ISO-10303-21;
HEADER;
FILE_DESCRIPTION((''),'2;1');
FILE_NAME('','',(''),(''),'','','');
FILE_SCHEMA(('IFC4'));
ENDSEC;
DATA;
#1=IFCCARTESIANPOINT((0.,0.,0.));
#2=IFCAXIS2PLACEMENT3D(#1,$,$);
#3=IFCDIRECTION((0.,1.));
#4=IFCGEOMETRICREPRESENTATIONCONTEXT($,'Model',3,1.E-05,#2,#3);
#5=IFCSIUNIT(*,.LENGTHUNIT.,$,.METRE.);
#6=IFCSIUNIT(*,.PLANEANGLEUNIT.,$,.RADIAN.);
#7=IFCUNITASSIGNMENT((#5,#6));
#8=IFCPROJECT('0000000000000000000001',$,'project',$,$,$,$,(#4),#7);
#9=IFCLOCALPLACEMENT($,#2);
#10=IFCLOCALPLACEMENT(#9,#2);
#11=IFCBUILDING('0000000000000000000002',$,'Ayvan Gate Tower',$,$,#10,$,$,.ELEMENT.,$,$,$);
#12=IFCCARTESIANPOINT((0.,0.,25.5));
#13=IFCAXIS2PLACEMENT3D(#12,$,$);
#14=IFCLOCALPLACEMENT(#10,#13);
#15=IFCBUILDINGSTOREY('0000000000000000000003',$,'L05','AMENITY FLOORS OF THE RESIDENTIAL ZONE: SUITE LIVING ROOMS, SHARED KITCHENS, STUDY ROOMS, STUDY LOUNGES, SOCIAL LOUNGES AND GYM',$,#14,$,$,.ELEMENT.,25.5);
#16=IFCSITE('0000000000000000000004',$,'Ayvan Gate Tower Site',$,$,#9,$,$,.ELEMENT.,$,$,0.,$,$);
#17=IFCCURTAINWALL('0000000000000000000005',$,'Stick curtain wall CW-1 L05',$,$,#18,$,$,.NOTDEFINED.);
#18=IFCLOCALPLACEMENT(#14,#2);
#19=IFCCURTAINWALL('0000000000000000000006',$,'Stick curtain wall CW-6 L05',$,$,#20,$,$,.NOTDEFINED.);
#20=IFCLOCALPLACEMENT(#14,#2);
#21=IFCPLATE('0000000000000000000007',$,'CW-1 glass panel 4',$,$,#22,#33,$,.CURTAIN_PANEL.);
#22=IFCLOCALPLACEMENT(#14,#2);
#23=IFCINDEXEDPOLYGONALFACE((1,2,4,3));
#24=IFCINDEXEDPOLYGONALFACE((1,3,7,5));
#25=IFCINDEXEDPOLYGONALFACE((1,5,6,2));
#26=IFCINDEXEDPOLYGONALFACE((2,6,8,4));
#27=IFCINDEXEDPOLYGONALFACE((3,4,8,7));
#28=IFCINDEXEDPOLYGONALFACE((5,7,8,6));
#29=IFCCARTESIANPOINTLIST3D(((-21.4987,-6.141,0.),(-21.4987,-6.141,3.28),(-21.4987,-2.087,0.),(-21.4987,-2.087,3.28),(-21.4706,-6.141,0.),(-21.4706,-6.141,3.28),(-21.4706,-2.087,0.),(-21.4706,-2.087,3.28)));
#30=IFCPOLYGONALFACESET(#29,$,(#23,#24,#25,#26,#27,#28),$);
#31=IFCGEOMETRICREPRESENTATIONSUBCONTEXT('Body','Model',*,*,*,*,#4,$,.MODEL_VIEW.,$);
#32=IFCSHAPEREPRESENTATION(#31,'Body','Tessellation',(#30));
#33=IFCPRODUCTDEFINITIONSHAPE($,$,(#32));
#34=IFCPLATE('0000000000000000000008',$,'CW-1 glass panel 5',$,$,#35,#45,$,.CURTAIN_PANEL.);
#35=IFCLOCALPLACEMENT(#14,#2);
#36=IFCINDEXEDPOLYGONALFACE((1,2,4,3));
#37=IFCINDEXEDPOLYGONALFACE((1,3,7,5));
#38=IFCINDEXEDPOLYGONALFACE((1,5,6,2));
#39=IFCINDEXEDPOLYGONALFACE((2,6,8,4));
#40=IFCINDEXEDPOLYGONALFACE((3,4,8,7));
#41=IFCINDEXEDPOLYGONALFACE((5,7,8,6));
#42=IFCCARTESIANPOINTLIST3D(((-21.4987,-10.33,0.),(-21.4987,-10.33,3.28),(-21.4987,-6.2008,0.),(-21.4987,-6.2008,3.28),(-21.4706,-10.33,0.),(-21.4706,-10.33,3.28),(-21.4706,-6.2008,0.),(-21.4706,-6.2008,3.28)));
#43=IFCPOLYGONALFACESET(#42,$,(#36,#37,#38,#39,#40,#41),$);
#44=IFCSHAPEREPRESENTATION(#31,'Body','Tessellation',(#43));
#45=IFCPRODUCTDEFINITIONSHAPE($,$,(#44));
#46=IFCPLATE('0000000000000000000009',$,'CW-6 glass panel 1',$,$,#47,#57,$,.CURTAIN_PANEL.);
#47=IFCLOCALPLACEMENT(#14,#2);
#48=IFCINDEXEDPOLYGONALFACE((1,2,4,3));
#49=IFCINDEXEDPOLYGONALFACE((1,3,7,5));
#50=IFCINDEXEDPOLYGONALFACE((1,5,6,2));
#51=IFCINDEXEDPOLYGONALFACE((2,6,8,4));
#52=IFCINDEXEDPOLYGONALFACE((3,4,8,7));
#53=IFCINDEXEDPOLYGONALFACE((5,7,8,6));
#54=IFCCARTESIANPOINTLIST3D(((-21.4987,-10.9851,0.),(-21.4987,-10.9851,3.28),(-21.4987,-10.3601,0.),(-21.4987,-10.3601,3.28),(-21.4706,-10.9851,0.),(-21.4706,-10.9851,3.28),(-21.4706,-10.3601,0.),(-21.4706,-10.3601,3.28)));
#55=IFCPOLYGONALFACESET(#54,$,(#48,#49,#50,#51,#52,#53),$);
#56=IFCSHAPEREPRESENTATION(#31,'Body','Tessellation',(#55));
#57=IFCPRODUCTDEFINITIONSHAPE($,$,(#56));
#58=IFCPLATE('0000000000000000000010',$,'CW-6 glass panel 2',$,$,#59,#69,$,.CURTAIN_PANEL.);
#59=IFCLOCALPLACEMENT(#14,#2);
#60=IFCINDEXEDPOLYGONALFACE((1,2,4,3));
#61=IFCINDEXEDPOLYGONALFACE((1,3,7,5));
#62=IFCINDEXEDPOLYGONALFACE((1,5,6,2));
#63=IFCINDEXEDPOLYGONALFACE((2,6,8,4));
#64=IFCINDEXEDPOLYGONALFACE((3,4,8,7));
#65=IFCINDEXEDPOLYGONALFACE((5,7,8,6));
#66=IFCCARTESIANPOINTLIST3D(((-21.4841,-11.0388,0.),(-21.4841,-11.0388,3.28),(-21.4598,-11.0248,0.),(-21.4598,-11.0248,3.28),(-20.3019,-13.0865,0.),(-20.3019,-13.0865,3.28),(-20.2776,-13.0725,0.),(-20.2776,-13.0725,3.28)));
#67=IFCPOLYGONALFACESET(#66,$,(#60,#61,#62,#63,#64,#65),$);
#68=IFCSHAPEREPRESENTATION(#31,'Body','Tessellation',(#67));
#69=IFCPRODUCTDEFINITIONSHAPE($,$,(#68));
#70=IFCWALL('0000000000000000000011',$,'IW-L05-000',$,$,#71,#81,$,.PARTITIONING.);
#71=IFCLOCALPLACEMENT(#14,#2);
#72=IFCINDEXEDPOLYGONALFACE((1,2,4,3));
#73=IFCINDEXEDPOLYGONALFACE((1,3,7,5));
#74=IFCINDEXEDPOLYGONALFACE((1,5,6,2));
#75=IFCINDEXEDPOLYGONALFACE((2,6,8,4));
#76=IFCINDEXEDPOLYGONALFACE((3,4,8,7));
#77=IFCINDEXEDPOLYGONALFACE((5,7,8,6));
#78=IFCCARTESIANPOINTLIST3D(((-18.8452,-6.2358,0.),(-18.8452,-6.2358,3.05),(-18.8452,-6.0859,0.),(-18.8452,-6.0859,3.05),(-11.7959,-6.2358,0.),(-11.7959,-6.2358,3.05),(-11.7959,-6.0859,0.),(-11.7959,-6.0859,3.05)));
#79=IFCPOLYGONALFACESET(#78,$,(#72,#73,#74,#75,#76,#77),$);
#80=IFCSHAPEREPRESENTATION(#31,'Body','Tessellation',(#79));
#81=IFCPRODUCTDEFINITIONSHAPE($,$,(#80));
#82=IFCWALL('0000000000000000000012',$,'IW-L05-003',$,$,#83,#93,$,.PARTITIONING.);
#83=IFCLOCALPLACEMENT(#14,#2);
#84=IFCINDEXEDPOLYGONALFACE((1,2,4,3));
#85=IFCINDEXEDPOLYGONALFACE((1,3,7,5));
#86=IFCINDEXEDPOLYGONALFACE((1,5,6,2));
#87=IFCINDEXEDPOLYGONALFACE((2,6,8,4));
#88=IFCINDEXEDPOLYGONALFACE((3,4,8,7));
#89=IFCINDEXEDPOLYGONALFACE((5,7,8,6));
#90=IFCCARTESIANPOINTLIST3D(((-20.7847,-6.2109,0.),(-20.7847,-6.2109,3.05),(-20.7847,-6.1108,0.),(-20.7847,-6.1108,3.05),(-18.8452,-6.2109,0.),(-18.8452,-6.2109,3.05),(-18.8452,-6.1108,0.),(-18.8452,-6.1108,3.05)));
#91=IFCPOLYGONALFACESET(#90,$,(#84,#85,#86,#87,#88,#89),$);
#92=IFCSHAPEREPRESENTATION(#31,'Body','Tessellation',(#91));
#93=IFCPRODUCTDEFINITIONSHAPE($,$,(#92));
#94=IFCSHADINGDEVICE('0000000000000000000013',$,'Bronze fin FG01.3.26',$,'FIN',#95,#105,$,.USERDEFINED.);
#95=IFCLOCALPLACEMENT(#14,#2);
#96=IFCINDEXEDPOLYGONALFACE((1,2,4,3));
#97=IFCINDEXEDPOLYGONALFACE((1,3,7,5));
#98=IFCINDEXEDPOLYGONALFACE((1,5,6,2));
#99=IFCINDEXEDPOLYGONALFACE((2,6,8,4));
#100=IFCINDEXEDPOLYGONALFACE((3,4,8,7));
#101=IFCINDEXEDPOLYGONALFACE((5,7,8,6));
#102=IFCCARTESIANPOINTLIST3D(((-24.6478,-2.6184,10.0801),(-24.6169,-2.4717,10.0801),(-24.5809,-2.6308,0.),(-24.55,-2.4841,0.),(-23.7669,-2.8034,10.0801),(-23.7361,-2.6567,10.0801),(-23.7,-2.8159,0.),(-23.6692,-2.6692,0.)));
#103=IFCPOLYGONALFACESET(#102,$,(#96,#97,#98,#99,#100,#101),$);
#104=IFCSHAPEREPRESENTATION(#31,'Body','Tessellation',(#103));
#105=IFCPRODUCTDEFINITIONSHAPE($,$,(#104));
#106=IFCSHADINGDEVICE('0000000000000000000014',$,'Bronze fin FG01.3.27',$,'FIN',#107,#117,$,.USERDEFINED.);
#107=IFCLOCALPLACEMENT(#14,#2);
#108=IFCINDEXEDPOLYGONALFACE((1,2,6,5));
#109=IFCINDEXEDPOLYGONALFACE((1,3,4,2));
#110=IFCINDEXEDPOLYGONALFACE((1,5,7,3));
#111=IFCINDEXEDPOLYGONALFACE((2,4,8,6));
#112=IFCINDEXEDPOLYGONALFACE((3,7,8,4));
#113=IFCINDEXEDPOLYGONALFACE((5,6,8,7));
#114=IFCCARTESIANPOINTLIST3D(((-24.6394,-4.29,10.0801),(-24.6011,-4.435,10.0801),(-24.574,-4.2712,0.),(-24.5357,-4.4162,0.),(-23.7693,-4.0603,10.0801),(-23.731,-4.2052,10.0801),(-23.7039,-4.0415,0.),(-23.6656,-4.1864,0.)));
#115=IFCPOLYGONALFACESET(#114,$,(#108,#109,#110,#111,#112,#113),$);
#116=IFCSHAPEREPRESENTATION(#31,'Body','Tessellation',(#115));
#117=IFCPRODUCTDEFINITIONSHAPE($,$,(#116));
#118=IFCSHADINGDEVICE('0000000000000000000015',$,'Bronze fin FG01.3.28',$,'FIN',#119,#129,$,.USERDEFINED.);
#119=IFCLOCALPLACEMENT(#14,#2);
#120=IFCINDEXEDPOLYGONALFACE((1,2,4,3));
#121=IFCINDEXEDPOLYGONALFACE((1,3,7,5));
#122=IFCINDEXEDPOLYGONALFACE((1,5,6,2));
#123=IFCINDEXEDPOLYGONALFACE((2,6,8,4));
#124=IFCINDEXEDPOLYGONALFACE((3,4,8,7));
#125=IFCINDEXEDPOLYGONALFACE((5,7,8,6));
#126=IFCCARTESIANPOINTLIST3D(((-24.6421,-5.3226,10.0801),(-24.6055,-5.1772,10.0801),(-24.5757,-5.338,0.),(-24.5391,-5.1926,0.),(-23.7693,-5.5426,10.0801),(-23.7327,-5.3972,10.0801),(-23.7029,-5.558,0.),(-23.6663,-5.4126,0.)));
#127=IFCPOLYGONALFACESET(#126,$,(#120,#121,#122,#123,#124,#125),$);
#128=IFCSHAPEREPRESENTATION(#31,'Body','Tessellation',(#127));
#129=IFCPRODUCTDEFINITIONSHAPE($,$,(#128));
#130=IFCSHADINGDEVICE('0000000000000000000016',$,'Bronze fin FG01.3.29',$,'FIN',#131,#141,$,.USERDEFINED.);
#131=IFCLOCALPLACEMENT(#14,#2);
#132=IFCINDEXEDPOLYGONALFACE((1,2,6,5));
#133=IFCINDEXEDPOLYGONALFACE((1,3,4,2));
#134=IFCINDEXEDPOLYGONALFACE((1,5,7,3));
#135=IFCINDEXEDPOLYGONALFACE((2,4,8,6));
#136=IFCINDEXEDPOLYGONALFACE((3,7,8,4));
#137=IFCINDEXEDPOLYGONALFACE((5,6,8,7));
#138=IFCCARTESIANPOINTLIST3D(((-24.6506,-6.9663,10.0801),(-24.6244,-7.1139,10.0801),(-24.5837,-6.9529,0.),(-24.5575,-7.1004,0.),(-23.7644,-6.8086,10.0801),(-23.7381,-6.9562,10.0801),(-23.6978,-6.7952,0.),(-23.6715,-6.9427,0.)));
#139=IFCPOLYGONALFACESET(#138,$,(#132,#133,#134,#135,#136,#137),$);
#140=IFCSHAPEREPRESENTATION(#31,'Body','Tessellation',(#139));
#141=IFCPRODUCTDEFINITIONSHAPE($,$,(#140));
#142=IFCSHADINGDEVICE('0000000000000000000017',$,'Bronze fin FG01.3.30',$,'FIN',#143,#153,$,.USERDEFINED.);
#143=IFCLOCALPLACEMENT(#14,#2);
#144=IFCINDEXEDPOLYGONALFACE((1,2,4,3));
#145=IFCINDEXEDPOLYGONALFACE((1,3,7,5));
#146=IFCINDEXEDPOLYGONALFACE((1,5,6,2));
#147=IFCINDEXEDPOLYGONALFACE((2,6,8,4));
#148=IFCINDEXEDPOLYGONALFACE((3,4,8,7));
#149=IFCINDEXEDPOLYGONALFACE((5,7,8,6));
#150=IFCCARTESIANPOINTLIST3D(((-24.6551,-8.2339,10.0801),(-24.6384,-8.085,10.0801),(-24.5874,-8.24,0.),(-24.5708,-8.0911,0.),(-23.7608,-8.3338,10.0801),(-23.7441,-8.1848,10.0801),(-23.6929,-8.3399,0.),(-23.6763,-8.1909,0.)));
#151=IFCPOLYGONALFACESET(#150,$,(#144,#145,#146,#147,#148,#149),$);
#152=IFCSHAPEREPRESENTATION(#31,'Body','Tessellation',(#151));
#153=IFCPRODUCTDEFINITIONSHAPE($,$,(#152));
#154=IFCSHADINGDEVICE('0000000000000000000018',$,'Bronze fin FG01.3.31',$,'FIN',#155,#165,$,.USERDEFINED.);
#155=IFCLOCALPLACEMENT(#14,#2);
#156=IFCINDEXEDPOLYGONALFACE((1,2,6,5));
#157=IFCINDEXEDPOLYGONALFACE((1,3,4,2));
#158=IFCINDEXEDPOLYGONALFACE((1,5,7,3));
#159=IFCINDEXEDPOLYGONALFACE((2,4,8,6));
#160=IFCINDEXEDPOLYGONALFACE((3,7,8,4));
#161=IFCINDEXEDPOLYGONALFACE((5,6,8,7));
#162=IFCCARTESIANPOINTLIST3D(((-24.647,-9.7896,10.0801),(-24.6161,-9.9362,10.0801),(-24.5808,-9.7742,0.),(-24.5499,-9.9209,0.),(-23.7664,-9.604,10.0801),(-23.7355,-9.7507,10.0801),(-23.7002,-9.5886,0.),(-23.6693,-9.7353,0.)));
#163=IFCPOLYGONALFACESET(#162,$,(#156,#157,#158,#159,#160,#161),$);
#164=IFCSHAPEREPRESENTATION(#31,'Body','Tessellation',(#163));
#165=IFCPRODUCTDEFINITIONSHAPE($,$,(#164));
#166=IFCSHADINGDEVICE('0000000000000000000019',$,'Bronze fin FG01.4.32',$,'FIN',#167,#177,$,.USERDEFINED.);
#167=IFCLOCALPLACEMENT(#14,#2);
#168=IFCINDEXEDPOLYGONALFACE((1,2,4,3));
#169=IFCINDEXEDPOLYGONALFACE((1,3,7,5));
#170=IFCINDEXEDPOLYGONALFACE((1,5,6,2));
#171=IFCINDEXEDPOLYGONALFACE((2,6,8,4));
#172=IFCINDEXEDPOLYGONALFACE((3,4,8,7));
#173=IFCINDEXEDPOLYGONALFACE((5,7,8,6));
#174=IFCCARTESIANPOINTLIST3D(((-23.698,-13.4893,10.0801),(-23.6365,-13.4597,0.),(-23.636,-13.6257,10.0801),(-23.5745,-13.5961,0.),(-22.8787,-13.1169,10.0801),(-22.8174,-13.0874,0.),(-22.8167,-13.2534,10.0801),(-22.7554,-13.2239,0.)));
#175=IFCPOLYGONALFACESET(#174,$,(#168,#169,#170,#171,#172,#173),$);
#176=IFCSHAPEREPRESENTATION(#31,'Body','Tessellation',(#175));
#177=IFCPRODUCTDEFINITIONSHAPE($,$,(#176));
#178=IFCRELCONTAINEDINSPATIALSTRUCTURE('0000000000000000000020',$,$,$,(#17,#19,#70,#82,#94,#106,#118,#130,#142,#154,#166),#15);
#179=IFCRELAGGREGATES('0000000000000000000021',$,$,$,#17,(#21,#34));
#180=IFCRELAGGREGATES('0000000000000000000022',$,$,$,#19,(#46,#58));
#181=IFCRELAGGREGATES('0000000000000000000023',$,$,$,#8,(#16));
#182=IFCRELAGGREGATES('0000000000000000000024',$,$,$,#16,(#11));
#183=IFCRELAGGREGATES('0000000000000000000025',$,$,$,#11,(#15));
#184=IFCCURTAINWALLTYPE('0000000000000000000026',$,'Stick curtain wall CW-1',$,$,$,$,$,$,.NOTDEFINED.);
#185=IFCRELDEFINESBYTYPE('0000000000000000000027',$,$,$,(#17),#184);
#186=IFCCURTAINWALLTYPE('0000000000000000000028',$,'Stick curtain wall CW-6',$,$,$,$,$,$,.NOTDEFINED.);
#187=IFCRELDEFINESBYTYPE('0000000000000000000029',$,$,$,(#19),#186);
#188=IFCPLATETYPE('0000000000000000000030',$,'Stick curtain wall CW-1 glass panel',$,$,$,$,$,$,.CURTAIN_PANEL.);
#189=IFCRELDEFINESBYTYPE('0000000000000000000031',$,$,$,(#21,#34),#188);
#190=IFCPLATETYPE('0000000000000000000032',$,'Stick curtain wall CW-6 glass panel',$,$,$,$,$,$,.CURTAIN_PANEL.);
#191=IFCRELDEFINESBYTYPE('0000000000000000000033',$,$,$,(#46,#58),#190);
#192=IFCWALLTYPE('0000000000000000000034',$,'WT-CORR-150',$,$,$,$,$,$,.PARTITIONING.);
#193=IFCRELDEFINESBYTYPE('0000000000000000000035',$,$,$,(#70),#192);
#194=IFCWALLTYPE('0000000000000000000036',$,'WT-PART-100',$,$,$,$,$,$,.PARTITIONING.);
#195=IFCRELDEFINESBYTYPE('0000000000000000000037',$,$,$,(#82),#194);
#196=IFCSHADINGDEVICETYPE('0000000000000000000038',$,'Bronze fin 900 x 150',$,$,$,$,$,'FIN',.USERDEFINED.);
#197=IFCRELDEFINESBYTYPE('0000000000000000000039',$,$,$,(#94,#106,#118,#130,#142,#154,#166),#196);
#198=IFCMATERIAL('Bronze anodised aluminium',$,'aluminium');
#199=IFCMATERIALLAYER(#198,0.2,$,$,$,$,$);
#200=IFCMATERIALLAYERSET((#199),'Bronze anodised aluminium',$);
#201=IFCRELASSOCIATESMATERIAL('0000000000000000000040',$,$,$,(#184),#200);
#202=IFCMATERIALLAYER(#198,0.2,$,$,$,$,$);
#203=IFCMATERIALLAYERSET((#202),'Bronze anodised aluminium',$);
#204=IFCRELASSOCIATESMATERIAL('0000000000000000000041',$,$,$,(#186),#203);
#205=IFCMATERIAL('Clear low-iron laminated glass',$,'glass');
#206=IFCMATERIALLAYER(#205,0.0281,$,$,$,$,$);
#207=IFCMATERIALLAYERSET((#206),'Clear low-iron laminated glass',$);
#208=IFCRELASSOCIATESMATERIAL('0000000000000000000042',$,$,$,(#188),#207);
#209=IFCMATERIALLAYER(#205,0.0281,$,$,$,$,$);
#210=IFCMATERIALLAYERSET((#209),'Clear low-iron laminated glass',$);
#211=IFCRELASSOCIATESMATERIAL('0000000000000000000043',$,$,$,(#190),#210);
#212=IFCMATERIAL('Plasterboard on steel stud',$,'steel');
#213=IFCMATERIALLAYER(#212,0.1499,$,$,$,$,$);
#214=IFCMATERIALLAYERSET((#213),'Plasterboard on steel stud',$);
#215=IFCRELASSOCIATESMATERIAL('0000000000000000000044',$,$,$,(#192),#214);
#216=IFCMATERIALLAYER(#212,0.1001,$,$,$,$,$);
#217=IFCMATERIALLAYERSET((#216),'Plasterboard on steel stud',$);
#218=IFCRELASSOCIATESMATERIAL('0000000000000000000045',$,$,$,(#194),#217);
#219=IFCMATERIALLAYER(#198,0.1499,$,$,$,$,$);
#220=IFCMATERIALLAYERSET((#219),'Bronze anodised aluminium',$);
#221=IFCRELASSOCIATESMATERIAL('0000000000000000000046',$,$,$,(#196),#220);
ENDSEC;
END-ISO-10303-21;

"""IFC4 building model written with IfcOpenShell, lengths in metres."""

from ifc_helpers import new_model, si_unit, direction, frame, frame_2d, origin, origin_2d, place, context, subcontext, project, spatial, polyline, rectangle, outline, extrude, material, layer, layer_set, type_object, element, aggregate, save


model = new_model("IFC4")

# Units and contexts
model_context = context("Model", 3, precision=1e-05, world=origin(), true_north=direction((0.0, 1.0)))
body_context = subcontext(model_context, "Body", "Model", "MODEL_VIEW")
ifc_project = project(units=[si_unit("LENGTHUNIT", "METRE"), si_unit("PLANEANGLEUNIT", "RADIAN")], contexts=[model_context])

# Site, building, storey
site_placement = place(None, origin())
site = spatial("IfcSite", under=ifc_project, at=site_placement, Name="Ayvan Gate Tower Site", CompositionType="ELEMENT", RefElevation=0.0)
building_placement = place(site_placement, origin())
building = spatial("IfcBuilding", under=site, at=building_placement, Name="Ayvan Gate Tower", CompositionType="ELEMENT")
storey_placement = place(building_placement, frame((0.0, 0.0, 25.5)))
storey = spatial("IfcBuildingStorey", under=building, at=storey_placement, Name="L05", Description="AMENITY FLOORS OF THE RESIDENTIAL ZONE: SUITE LIVING ROOMS, SHARED KITCHENS, STUDY ROOMS, STUDY LOUNGES, SOCIAL LOUNGES AND GYM", CompositionType="ELEMENT", Elevation=25.5)

# Curtain walls
ifc_material_1 = material(Name="Bronze anodised aluminium", Category="aluminium")
ifc_layer_1 = layer(ifc_material_1, 0.2)
ifc_layer_set_1 = layer_set([ifc_layer_1], Name="Bronze anodised aluminium")
curtain_wall_type_1 = type_object("IfcCurtainWallType", Name="Stick curtain wall CW-1", PredefinedType="NOTDEFINED", material=ifc_layer_set_1)
curtain_wall_1_placement = place(storey_placement, origin())
curtain_wall_1 = element("IfcCurtainWall", 1, at=curtain_wall_1_placement, inside=storey, type_object=curtain_wall_type_1, Name="Stick curtain wall CW-1 L05", PredefinedType="NOTDEFINED")
ifc_layer_2 = layer(ifc_material_1, 0.2)
ifc_layer_set_2 = layer_set([ifc_layer_2], Name="Bronze anodised aluminium")
curtain_wall_type_2 = type_object("IfcCurtainWallType", Name="Stick curtain wall CW-6", PredefinedType="NOTDEFINED", material=ifc_layer_set_2)
curtain_wall_2_placement = place(storey_placement, origin())
curtain_wall_2 = element("IfcCurtainWall", 2, at=curtain_wall_2_placement, inside=storey, type_object=curtain_wall_type_2, Name="Stick curtain wall CW-6 L05", PredefinedType="NOTDEFINED")

# Plates
ifc_material_2 = material(Name="Clear low-iron laminated glass", Category="glass")
ifc_layer_3 = layer(ifc_material_2, 0.0281)
ifc_layer_set_3 = layer_set([ifc_layer_3], Name="Clear low-iron laminated glass")
plate_type_1 = type_object("IfcPlateType", Name="Stick curtain wall CW-1 glass panel", PredefinedType="CURTAIN_PANEL", material=ifc_layer_set_3)
plate_1_placement = place(storey_placement, frame((-21.4846, -4.114, 0.0), z_axis=(0.0, 0.0, 1.0), x_axis=(0.0, -1.0, 0.0)))
plate_1 = element("IfcPlate", 3, at=plate_1_placement, type_object=plate_type_1, Name="CW-1 glass panel 4", PredefinedType="CURTAIN_PANEL", context=body_context, shape_type="SweptSolid", body=[
    extrude(rectangle(XDim=4.054, YDim=0.0281, at=origin_2d()), origin(), (0.0, 0.0, 1.0), 3.28),
])
plate_2_placement = place(storey_placement, frame((-21.4846, -8.2654, 0.0), z_axis=(0.0, 0.0, 1.0), x_axis=(0.0, -1.0, 0.0)))
plate_2 = element("IfcPlate", 4, at=plate_2_placement, type_object=plate_type_1, Name="CW-1 glass panel 5", PredefinedType="CURTAIN_PANEL", context=body_context, shape_type="SweptSolid", body=[
    extrude(rectangle(XDim=4.1292, YDim=0.0281, at=origin_2d()), origin(), (0.0, 0.0, 1.0), 3.28),
])
aggregate(curtain_wall_1, [plate_1, plate_2])
ifc_layer_4 = layer(ifc_material_2, 0.0281)
ifc_layer_set_4 = layer_set([ifc_layer_4], Name="Clear low-iron laminated glass")
plate_type_2 = type_object("IfcPlateType", Name="Stick curtain wall CW-6 glass panel", PredefinedType="CURTAIN_PANEL", material=ifc_layer_set_4)
plate_3_placement = place(storey_placement, frame((-21.4846, -10.6726, 0.0), z_axis=(0.0, 0.0, 1.0), x_axis=(0.0, -1.0, 0.0)))
plate_3 = element("IfcPlate", 5, at=plate_3_placement, type_object=plate_type_2, Name="CW-6 glass panel 1", PredefinedType="CURTAIN_PANEL", context=body_context, shape_type="SweptSolid", body=[
    extrude(rectangle(XDim=0.625, YDim=0.0281, at=origin_2d()), origin(), (0.0, 0.0, 1.0), 3.28),
])
plate_4_placement = place(storey_placement, frame((-20.8809, -12.0557, 0.0), z_axis=(0.0, 0.0, 1.0), x_axis=(0.5, -0.866025, 0.0)))
plate_4 = element("IfcPlate", 6, at=plate_4_placement, type_object=plate_type_2, Name="CW-6 glass panel 2", PredefinedType="CURTAIN_PANEL", context=body_context, shape_type="SweptSolid", body=[
    extrude(rectangle(XDim=2.3645, YDim=0.0281, at=origin_2d()), origin(), (0.0, 0.0, 1.0), 3.28),
])
aggregate(curtain_wall_2, [plate_3, plate_4])

# Walls
ifc_material_3 = material(Name="Plasterboard on steel stud", Category="steel")
ifc_layer_5 = layer(ifc_material_3, 0.1499)
ifc_layer_set_5 = layer_set([ifc_layer_5], Name="Plasterboard on steel stud")
wall_type_1 = type_object("IfcWallType", Name="WT-CORR-150", PredefinedType="PARTITIONING", material=ifc_layer_set_5)
wall_1_placement = place(storey_placement, frame((-18.8452, -6.1609, 0.0), z_axis=(0.0, 0.0, 1.0), x_axis=(1.0, 0.0, 0.0)))
element("IfcWall", 7, at=wall_1_placement, inside=storey, type_object=wall_type_1, Name="IW-L05-000", PredefinedType="PARTITIONING", context=body_context, shape_type="SweptSolid", body=[
    extrude(rectangle(XDim=7.0493, YDim=0.1499, at=frame_2d((3.5247, 0.0))), origin(), (0.0, 0.0, 1.0), 3.05),
])
ifc_layer_6 = layer(ifc_material_3, 0.1001)
ifc_layer_set_6 = layer_set([ifc_layer_6], Name="Plasterboard on steel stud")
wall_type_2 = type_object("IfcWallType", Name="WT-PART-100", PredefinedType="PARTITIONING", material=ifc_layer_set_6)
wall_2_placement = place(storey_placement, frame((-18.8452, -6.1609, 0.0), z_axis=(0.0, 0.0, 1.0), x_axis=(-1.0, 0.0, 0.0)))
element("IfcWall", 8, at=wall_2_placement, inside=storey, type_object=wall_type_2, Name="IW-L05-003", PredefinedType="PARTITIONING", context=body_context, shape_type="SweptSolid", body=[
    extrude(rectangle(XDim=1.9395, YDim=0.1001, at=frame_2d((0.9697, 0.0))), origin(), (0.0, 0.0, 1.0), 3.05),
])

# Shading devices
ifc_layer_7 = layer(ifc_material_1, 0.1499)
ifc_layer_set_7 = layer_set([ifc_layer_7], Name="Bronze anodised aluminium")
shading_device_type = type_object("IfcShadingDeviceType", Name="Bronze fin 900 x 150", ElementType="FIN", PredefinedType="USERDEFINED", material=ifc_layer_set_7)
shading_device_1_placement = place(storey_placement, frame((-23.6692, -2.6692, 0.0), z_axis=(0.2056, 0.978636, 0.000156), x_axis=(-0.978636, 0.2056, 0.0)))
element("IfcShadingDevice", 9, at=shading_device_1_placement, inside=storey, type_object=shading_device_type, Name="Bronze fin FG01.3.26", ObjectType="FIN", PredefinedType="USERDEFINED", context=body_context, shape_type="SweptSolid", body=[
    extrude(outline(polyline([(0.0, 0.0), (0.9001, 0.0), (0.9681, 10.0801), (0.068, 10.0801), (0.0, 0.0)])), origin(), (0.0, 0.0, -1.0), 0.1499),
])
shading_device_2_placement = place(storey_placement, frame((-23.7039, -4.0415, 0.0), z_axis=(-0.255281, 0.966867, 0.000146), x_axis=(-0.966867, -0.255281, 0.0)))
element("IfcShadingDevice", 10, at=shading_device_2_placement, inside=storey, type_object=shading_device_type, Name="Bronze fin FG01.3.27", ObjectType="FIN", PredefinedType="USERDEFINED", context=body_context, shape_type="SweptSolid", body=[
    extrude(outline(polyline([(0.0, 0.0), (0.8999, 0.0), (0.968, 10.0801), (0.0681, 10.0801), (0.0, 0.0)])), origin(), (0.0, 0.0, -1.0), 0.1499),
])
shading_device_3_placement = place(storey_placement, frame((-23.6663, -5.4126, 0.0), z_axis=(0.244386, 0.969678, 0.00013), x_axis=(-0.969678, 0.244386, 0.0)))
element("IfcShadingDevice", 11, at=shading_device_3_placement, inside=storey, type_object=shading_device_type, Name="Bronze fin FG01.3.28", ObjectType="FIN", PredefinedType="USERDEFINED", context=body_context, shape_type="SweptSolid", body=[
    extrude(outline(polyline([(0.0, 0.0), (0.9001, 0.0), (0.9682, 10.0801), (0.0682, 10.0801), (0.0, 0.0)])), origin(), (0.0, 0.0, -1.0), 0.1499),
])
shading_device_4_placement = place(storey_placement, frame((-23.6978, -6.7952, 0.0), z_axis=(-0.175232, 0.984527, 0.000151), x_axis=(-0.984527, -0.175232, 0.0)))
element("IfcShadingDevice", 12, at=shading_device_4_placement, inside=storey, type_object=shading_device_type, Name="Bronze fin FG01.3.29", ObjectType="FIN", PredefinedType="USERDEFINED", context=body_context, shape_type="SweptSolid", body=[
    extrude(outline(polyline([(0.0, 0.0), (0.8999, 0.0), (0.9681, 10.0801), (0.068, 10.0801), (0.0, 0.0)])), origin(), (0.0, 0.0, -1.0), 0.1499),
])
shading_device_5_placement = place(storey_placement, frame((-23.6763, -8.1909, 0.0), z_axis=(0.110953, 0.993826, 0.000144), x_axis=(-0.993826, 0.110953, 0.0)))
element("IfcShadingDevice", 13, at=shading_device_5_placement, inside=storey, type_object=shading_device_type, Name="Bronze fin FG01.3.30", ObjectType="FIN", PredefinedType="USERDEFINED", context=body_context, shape_type="SweptSolid", body=[
    extrude(outline(polyline([(0.0, 0.0), (0.9001, 0.0), (0.968, 10.0801), (0.0681, 10.0801), (0.0, 0.0)])), origin(), (0.0, 0.0, -1.0), 0.1499),
])
shading_device_6_placement = place(storey_placement, frame((-23.7002, -9.5886, 0.0), z_axis=(-0.206175, 0.978515, 0.00014), x_axis=(-0.978515, -0.206175, 0.0)))
element("IfcShadingDevice", 14, at=shading_device_6_placement, inside=storey, type_object=shading_device_type, Name="Bronze fin FG01.3.31", ObjectType="FIN", PredefinedType="USERDEFINED", context=body_context, shape_type="SweptSolid", body=[
    extrude(outline(polyline([(0.0, 0.0), (0.9, 0.0), (0.9679, 10.0801), (0.0679, 10.0801), (0.0, 0.0)])), origin(), (0.0, 0.0, -1.0), 0.1499),
])
shading_device_7_placement = place(storey_placement, frame((-22.8174, -13.0874, 0.0), z_axis=(-0.413752, 0.91039, 0.000148), x_axis=(-0.91039, -0.413752, 0.0)))
element("IfcShadingDevice", 15, at=shading_device_7_placement, inside=storey, type_object=shading_device_type, Name="Bronze fin FG01.4.32", ObjectType="FIN", PredefinedType="USERDEFINED", context=body_context, shape_type="SweptSolid", body=[
    extrude(outline(polyline([(0.0, 0.0), (0.8997, 0.0), (0.968, 10.0801), (0.068, 10.0801), (0.0, 0.0)])), origin(), (0.0, 0.0, -1.0), 0.1499),
])

save(model, "model.ifc")
